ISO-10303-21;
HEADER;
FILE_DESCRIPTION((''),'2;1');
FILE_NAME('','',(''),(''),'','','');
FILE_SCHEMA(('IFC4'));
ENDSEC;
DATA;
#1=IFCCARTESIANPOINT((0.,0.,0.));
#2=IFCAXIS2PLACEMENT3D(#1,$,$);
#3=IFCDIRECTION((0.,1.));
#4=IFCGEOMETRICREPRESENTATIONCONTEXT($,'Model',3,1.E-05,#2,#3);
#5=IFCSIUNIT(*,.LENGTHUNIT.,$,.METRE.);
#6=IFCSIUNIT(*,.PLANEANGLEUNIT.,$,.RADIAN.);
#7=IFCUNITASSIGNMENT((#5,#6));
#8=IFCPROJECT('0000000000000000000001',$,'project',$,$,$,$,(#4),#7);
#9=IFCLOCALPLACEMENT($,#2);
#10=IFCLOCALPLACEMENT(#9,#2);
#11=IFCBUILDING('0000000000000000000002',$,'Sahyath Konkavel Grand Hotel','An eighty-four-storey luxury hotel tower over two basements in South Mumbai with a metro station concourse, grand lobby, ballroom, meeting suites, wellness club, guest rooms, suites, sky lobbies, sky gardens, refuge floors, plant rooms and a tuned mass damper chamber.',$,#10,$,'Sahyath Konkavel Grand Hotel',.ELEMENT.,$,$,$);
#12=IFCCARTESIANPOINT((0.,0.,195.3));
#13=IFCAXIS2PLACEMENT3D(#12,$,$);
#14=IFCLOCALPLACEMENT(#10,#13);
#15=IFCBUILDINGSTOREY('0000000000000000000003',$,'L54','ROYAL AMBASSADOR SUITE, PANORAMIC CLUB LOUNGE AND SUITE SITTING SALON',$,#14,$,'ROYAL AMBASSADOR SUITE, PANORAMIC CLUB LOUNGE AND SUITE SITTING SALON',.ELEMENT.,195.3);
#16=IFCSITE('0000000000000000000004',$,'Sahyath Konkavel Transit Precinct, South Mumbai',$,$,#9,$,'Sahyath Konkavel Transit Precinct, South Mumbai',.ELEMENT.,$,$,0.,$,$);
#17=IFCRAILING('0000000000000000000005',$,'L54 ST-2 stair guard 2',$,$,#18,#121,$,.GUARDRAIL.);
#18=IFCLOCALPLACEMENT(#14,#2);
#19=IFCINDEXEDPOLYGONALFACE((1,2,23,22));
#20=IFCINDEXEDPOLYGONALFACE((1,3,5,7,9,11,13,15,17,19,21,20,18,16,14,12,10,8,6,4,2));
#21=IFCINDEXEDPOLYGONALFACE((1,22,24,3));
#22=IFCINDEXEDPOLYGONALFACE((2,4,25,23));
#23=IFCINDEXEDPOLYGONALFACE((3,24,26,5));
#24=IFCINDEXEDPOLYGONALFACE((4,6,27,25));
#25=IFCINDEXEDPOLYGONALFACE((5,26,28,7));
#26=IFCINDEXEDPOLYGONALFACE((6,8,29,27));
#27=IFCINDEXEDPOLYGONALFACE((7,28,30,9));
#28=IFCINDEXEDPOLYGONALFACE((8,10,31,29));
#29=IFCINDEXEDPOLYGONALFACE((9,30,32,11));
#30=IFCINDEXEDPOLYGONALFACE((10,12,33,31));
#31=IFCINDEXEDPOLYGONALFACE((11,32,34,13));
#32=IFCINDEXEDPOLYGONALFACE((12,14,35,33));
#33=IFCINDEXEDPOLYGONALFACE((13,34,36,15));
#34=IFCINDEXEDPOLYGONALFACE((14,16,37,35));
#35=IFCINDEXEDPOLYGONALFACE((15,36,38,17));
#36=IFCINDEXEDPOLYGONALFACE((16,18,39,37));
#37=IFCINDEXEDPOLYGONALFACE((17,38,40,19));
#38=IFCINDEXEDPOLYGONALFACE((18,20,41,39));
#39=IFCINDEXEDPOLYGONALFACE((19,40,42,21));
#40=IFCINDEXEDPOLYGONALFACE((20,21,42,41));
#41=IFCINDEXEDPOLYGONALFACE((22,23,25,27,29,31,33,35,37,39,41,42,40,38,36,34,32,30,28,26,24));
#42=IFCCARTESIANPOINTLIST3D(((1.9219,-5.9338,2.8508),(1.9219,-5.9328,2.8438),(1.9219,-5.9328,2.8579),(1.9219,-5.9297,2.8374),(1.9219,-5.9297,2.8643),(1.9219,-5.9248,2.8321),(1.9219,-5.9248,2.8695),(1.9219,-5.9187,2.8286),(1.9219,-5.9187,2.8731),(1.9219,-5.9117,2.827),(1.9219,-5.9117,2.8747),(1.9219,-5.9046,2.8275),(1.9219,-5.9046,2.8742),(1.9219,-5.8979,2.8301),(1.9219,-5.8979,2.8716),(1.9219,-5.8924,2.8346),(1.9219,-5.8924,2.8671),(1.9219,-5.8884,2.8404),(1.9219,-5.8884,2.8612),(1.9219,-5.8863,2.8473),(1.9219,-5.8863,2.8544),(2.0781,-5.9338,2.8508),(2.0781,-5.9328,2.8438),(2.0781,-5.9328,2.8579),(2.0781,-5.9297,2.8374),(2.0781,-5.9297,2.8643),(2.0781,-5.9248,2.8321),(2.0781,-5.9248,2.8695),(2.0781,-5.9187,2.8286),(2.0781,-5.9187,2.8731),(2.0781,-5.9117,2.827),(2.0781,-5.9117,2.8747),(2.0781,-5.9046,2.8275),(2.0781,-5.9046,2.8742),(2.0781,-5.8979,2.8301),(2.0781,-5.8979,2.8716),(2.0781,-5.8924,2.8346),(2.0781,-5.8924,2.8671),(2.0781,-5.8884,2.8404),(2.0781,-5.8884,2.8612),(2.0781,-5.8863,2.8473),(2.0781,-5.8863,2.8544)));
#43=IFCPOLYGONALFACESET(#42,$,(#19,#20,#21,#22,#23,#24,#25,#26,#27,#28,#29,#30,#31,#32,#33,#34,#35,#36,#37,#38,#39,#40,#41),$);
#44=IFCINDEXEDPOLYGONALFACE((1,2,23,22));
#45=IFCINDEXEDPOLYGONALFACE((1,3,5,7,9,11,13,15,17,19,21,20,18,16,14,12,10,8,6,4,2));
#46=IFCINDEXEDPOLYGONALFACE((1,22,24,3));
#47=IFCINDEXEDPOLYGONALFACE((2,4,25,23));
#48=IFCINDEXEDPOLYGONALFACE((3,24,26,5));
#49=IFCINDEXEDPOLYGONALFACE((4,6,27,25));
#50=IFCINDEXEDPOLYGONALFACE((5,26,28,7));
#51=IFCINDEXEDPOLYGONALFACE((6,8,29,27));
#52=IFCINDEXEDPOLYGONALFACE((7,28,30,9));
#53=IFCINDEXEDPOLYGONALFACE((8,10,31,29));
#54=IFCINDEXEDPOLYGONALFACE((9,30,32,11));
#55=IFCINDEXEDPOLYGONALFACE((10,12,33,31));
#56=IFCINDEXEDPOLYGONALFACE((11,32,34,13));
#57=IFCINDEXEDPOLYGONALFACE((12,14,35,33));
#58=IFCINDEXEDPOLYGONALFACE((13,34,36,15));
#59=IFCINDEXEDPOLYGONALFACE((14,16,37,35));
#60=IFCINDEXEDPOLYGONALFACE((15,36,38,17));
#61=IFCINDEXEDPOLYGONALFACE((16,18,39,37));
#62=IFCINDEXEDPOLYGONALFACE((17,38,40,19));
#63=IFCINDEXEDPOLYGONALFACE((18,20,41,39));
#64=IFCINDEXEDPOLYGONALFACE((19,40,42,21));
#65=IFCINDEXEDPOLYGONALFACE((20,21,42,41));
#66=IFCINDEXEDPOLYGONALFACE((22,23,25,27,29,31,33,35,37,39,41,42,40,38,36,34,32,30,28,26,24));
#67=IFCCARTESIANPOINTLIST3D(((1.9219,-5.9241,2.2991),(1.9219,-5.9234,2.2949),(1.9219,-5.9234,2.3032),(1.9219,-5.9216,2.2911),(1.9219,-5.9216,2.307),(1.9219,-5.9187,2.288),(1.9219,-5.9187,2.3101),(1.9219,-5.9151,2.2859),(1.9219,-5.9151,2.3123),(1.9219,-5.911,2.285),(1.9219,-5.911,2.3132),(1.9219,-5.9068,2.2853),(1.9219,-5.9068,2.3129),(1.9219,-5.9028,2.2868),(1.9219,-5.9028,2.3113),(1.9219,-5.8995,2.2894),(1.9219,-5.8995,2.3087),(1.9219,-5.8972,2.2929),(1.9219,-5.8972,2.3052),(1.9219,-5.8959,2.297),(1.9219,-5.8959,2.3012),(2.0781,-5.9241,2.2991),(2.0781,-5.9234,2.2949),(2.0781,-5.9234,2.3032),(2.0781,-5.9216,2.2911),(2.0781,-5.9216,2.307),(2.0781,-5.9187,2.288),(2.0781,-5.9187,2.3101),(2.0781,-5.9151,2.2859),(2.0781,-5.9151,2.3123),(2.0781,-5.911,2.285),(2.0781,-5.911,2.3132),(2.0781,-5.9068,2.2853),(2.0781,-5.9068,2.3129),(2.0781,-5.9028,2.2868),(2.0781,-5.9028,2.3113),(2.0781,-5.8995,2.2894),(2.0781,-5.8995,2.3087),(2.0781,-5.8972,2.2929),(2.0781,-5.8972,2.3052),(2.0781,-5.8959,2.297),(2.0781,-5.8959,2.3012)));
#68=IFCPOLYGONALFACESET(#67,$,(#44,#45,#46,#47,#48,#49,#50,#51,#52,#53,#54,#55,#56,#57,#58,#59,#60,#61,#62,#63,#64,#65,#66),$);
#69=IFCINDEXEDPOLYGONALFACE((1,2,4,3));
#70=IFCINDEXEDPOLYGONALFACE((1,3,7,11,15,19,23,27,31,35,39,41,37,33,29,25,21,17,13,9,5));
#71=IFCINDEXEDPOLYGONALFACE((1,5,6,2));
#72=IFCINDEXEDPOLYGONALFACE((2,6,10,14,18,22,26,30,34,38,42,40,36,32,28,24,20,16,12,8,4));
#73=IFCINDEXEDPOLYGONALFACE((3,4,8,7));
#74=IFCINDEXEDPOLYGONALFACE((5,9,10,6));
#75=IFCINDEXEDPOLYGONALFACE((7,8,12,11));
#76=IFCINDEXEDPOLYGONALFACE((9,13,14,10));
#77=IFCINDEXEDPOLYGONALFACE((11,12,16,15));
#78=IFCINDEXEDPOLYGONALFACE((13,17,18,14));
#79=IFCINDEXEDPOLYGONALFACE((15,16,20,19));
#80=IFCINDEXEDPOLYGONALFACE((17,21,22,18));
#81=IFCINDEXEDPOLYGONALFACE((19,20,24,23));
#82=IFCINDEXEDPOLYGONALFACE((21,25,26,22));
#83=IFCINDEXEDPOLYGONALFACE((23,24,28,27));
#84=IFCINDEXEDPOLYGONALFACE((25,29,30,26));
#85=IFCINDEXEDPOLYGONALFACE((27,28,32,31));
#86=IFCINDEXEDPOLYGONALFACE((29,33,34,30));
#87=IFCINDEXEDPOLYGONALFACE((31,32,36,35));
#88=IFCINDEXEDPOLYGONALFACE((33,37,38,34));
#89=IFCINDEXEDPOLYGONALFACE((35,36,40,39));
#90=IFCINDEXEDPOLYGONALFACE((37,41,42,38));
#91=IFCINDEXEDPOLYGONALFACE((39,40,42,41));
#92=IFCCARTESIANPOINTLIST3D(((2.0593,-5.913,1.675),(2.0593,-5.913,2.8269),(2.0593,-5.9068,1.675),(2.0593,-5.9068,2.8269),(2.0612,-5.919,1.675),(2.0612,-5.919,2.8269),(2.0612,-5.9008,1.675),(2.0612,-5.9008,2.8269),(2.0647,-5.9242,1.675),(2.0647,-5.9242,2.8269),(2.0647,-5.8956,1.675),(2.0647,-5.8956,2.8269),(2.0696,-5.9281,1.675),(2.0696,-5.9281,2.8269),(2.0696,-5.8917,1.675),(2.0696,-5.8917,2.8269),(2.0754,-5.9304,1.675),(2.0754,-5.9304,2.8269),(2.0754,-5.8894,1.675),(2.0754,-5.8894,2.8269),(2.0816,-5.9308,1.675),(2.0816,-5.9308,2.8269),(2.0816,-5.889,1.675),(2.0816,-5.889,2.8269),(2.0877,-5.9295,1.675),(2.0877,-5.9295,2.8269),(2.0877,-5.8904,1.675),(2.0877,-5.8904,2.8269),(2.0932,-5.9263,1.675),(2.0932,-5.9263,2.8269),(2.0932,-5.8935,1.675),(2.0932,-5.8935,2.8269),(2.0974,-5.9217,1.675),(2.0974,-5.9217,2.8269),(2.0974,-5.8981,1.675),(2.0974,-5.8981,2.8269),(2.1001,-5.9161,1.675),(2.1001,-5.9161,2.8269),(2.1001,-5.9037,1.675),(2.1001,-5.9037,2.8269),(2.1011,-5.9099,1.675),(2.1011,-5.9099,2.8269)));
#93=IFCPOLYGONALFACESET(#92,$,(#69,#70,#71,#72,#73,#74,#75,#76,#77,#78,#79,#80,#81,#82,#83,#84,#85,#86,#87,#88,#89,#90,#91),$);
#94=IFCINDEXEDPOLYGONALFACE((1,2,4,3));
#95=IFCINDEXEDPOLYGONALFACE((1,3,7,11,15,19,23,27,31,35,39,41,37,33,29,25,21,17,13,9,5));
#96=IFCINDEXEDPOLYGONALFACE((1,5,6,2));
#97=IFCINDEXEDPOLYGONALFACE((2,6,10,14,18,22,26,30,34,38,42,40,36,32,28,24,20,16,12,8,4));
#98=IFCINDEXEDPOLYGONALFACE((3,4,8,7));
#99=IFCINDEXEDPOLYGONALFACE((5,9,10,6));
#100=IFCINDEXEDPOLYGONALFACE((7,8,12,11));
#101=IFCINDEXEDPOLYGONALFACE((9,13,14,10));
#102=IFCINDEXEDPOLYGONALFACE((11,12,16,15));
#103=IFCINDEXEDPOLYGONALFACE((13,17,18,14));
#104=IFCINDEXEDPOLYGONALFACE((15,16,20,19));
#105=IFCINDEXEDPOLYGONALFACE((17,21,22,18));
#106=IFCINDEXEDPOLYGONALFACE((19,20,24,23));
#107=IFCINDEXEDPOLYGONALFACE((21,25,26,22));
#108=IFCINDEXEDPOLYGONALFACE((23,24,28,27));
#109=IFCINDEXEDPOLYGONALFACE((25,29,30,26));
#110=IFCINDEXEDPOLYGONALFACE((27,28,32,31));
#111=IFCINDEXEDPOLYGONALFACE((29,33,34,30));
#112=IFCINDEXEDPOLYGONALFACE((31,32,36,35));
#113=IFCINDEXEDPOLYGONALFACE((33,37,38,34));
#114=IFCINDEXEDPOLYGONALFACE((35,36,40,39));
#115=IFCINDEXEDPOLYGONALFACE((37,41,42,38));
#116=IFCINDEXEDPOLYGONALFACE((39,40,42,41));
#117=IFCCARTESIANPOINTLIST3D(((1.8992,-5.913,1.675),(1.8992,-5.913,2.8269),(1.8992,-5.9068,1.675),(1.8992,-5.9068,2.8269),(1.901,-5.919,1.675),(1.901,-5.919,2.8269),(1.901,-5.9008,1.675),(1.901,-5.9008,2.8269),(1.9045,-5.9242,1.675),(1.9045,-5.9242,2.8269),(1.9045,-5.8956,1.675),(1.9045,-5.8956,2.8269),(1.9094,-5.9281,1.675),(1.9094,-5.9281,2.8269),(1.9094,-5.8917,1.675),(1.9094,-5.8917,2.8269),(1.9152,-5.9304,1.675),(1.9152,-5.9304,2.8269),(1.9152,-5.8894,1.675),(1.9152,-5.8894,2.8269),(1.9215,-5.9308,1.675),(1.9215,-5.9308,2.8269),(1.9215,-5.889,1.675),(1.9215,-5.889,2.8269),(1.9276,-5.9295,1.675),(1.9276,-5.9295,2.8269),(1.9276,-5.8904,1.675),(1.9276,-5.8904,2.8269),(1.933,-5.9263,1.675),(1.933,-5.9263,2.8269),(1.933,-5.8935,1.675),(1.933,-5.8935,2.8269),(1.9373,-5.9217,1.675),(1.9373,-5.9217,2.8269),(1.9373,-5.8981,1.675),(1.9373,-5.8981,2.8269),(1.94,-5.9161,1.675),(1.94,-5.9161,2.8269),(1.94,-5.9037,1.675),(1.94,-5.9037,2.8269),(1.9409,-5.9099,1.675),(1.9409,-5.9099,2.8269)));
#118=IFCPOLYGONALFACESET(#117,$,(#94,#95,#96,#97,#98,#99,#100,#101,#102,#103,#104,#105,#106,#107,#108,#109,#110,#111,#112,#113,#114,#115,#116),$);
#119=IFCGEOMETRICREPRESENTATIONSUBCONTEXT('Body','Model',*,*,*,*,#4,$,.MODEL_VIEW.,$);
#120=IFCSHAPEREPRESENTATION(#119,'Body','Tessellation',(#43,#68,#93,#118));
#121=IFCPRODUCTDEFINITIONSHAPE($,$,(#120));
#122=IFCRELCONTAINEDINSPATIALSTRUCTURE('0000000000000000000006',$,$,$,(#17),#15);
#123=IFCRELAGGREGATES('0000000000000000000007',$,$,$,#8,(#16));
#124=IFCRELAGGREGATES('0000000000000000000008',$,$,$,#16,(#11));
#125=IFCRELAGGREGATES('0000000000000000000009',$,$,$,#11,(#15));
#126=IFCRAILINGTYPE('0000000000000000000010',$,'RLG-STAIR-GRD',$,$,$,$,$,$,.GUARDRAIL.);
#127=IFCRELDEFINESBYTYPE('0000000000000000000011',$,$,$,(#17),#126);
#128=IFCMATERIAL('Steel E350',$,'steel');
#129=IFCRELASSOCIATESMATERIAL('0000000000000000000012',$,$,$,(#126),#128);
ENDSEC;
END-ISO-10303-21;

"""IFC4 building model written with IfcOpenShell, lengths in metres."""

from ifc_helpers import new_model, si_unit, direction, frame, origin, origin_2d, place, context, subcontext, project, spatial, circle, extrude, material, type_object, element, save


model = new_model("IFC4")

# Units and contexts
model_context = context("Model", 3, precision=1e-05, world=origin(), true_north=direction((0.0, 1.0)))
body_context = subcontext(model_context, "Body", "Model", "MODEL_VIEW")
ifc_project = project(units=[si_unit("LENGTHUNIT", "METRE"), si_unit("PLANEANGLEUNIT", "RADIAN")], contexts=[model_context])

# Site, building, storey
site_placement = place(None, origin())
site = spatial("IfcSite", under=ifc_project, at=site_placement, Name="Sahyath Konkavel Transit Precinct, South Mumbai", LongName="Sahyath Konkavel Transit Precinct, South Mumbai", CompositionType="ELEMENT", RefElevation=0.0)
building_placement = place(site_placement, origin())
building = spatial("IfcBuilding", under=site, at=building_placement, Name="Sahyath Konkavel Grand Hotel", Description="An eighty-four-storey luxury hotel tower over two basements in South Mumbai with a metro station concourse, grand lobby, ballroom, meeting suites, wellness club, guest rooms, suites, sky lobbies, sky gardens, refuge floors, plant rooms and a tuned mass damper chamber.", LongName="Sahyath Konkavel Grand Hotel", CompositionType="ELEMENT")
storey_placement = place(building_placement, frame((0.0, 0.0, 195.3)))
storey = spatial("IfcBuildingStorey", under=building, at=storey_placement, Name="L54", Description="ROYAL AMBASSADOR SUITE, PANORAMIC CLUB LOUNGE AND SUITE SITTING SALON", LongName="ROYAL AMBASSADOR SUITE, PANORAMIC CLUB LOUNGE AND SUITE SITTING SALON", CompositionType="ELEMENT", Elevation=195.3)

# Shared definitions
ifc_material_1 = material(Name="Steel E350", Category="steel")

# Railing
railing_type_1 = type_object("IfcRailingType", Name="RLG-STAIR-GRD", PredefinedType="GUARDRAIL", material=ifc_material_1)
railing_1_placement = place(storey_placement, frame((2.0801, -5.9099, 1.675)))
element("IfcRailing", 1, at=railing_1_placement, inside=storey, type_object=railing_type_1, Name="L54 ST-2 stair guard 2", PredefinedType="GUARDRAIL", context=body_context, shape_type="SweptSolid", body=[
    extrude(circle(Radius=0.0239, at=origin_2d()), frame((-0.002, 0.0, 1.1758), z_axis=(-1.0, 0.0, 0.0), x_axis=(0.0, -1.0, 0.0)), (0.0, 0.0, 1.0), 0.1562),
    extrude(circle(Radius=0.0142, at=origin_2d()), frame((-0.002, 0.0, 0.624), z_axis=(-1.0, 0.0, 0.0), x_axis=(0.0, -1.0, 0.0)), (0.0, 0.0, 1.0), 0.1562),
    extrude(circle(Radius=0.021, at=origin_2d()), origin(), (0.0, 0.0, 1.0), 1.1519),
    extrude(circle(Radius=0.021, at=origin_2d()), frame((-0.1602, 0.0, 0.0)), (0.0, 0.0, 1.0), 1.1519),
])

save(model, "model.ifc")
